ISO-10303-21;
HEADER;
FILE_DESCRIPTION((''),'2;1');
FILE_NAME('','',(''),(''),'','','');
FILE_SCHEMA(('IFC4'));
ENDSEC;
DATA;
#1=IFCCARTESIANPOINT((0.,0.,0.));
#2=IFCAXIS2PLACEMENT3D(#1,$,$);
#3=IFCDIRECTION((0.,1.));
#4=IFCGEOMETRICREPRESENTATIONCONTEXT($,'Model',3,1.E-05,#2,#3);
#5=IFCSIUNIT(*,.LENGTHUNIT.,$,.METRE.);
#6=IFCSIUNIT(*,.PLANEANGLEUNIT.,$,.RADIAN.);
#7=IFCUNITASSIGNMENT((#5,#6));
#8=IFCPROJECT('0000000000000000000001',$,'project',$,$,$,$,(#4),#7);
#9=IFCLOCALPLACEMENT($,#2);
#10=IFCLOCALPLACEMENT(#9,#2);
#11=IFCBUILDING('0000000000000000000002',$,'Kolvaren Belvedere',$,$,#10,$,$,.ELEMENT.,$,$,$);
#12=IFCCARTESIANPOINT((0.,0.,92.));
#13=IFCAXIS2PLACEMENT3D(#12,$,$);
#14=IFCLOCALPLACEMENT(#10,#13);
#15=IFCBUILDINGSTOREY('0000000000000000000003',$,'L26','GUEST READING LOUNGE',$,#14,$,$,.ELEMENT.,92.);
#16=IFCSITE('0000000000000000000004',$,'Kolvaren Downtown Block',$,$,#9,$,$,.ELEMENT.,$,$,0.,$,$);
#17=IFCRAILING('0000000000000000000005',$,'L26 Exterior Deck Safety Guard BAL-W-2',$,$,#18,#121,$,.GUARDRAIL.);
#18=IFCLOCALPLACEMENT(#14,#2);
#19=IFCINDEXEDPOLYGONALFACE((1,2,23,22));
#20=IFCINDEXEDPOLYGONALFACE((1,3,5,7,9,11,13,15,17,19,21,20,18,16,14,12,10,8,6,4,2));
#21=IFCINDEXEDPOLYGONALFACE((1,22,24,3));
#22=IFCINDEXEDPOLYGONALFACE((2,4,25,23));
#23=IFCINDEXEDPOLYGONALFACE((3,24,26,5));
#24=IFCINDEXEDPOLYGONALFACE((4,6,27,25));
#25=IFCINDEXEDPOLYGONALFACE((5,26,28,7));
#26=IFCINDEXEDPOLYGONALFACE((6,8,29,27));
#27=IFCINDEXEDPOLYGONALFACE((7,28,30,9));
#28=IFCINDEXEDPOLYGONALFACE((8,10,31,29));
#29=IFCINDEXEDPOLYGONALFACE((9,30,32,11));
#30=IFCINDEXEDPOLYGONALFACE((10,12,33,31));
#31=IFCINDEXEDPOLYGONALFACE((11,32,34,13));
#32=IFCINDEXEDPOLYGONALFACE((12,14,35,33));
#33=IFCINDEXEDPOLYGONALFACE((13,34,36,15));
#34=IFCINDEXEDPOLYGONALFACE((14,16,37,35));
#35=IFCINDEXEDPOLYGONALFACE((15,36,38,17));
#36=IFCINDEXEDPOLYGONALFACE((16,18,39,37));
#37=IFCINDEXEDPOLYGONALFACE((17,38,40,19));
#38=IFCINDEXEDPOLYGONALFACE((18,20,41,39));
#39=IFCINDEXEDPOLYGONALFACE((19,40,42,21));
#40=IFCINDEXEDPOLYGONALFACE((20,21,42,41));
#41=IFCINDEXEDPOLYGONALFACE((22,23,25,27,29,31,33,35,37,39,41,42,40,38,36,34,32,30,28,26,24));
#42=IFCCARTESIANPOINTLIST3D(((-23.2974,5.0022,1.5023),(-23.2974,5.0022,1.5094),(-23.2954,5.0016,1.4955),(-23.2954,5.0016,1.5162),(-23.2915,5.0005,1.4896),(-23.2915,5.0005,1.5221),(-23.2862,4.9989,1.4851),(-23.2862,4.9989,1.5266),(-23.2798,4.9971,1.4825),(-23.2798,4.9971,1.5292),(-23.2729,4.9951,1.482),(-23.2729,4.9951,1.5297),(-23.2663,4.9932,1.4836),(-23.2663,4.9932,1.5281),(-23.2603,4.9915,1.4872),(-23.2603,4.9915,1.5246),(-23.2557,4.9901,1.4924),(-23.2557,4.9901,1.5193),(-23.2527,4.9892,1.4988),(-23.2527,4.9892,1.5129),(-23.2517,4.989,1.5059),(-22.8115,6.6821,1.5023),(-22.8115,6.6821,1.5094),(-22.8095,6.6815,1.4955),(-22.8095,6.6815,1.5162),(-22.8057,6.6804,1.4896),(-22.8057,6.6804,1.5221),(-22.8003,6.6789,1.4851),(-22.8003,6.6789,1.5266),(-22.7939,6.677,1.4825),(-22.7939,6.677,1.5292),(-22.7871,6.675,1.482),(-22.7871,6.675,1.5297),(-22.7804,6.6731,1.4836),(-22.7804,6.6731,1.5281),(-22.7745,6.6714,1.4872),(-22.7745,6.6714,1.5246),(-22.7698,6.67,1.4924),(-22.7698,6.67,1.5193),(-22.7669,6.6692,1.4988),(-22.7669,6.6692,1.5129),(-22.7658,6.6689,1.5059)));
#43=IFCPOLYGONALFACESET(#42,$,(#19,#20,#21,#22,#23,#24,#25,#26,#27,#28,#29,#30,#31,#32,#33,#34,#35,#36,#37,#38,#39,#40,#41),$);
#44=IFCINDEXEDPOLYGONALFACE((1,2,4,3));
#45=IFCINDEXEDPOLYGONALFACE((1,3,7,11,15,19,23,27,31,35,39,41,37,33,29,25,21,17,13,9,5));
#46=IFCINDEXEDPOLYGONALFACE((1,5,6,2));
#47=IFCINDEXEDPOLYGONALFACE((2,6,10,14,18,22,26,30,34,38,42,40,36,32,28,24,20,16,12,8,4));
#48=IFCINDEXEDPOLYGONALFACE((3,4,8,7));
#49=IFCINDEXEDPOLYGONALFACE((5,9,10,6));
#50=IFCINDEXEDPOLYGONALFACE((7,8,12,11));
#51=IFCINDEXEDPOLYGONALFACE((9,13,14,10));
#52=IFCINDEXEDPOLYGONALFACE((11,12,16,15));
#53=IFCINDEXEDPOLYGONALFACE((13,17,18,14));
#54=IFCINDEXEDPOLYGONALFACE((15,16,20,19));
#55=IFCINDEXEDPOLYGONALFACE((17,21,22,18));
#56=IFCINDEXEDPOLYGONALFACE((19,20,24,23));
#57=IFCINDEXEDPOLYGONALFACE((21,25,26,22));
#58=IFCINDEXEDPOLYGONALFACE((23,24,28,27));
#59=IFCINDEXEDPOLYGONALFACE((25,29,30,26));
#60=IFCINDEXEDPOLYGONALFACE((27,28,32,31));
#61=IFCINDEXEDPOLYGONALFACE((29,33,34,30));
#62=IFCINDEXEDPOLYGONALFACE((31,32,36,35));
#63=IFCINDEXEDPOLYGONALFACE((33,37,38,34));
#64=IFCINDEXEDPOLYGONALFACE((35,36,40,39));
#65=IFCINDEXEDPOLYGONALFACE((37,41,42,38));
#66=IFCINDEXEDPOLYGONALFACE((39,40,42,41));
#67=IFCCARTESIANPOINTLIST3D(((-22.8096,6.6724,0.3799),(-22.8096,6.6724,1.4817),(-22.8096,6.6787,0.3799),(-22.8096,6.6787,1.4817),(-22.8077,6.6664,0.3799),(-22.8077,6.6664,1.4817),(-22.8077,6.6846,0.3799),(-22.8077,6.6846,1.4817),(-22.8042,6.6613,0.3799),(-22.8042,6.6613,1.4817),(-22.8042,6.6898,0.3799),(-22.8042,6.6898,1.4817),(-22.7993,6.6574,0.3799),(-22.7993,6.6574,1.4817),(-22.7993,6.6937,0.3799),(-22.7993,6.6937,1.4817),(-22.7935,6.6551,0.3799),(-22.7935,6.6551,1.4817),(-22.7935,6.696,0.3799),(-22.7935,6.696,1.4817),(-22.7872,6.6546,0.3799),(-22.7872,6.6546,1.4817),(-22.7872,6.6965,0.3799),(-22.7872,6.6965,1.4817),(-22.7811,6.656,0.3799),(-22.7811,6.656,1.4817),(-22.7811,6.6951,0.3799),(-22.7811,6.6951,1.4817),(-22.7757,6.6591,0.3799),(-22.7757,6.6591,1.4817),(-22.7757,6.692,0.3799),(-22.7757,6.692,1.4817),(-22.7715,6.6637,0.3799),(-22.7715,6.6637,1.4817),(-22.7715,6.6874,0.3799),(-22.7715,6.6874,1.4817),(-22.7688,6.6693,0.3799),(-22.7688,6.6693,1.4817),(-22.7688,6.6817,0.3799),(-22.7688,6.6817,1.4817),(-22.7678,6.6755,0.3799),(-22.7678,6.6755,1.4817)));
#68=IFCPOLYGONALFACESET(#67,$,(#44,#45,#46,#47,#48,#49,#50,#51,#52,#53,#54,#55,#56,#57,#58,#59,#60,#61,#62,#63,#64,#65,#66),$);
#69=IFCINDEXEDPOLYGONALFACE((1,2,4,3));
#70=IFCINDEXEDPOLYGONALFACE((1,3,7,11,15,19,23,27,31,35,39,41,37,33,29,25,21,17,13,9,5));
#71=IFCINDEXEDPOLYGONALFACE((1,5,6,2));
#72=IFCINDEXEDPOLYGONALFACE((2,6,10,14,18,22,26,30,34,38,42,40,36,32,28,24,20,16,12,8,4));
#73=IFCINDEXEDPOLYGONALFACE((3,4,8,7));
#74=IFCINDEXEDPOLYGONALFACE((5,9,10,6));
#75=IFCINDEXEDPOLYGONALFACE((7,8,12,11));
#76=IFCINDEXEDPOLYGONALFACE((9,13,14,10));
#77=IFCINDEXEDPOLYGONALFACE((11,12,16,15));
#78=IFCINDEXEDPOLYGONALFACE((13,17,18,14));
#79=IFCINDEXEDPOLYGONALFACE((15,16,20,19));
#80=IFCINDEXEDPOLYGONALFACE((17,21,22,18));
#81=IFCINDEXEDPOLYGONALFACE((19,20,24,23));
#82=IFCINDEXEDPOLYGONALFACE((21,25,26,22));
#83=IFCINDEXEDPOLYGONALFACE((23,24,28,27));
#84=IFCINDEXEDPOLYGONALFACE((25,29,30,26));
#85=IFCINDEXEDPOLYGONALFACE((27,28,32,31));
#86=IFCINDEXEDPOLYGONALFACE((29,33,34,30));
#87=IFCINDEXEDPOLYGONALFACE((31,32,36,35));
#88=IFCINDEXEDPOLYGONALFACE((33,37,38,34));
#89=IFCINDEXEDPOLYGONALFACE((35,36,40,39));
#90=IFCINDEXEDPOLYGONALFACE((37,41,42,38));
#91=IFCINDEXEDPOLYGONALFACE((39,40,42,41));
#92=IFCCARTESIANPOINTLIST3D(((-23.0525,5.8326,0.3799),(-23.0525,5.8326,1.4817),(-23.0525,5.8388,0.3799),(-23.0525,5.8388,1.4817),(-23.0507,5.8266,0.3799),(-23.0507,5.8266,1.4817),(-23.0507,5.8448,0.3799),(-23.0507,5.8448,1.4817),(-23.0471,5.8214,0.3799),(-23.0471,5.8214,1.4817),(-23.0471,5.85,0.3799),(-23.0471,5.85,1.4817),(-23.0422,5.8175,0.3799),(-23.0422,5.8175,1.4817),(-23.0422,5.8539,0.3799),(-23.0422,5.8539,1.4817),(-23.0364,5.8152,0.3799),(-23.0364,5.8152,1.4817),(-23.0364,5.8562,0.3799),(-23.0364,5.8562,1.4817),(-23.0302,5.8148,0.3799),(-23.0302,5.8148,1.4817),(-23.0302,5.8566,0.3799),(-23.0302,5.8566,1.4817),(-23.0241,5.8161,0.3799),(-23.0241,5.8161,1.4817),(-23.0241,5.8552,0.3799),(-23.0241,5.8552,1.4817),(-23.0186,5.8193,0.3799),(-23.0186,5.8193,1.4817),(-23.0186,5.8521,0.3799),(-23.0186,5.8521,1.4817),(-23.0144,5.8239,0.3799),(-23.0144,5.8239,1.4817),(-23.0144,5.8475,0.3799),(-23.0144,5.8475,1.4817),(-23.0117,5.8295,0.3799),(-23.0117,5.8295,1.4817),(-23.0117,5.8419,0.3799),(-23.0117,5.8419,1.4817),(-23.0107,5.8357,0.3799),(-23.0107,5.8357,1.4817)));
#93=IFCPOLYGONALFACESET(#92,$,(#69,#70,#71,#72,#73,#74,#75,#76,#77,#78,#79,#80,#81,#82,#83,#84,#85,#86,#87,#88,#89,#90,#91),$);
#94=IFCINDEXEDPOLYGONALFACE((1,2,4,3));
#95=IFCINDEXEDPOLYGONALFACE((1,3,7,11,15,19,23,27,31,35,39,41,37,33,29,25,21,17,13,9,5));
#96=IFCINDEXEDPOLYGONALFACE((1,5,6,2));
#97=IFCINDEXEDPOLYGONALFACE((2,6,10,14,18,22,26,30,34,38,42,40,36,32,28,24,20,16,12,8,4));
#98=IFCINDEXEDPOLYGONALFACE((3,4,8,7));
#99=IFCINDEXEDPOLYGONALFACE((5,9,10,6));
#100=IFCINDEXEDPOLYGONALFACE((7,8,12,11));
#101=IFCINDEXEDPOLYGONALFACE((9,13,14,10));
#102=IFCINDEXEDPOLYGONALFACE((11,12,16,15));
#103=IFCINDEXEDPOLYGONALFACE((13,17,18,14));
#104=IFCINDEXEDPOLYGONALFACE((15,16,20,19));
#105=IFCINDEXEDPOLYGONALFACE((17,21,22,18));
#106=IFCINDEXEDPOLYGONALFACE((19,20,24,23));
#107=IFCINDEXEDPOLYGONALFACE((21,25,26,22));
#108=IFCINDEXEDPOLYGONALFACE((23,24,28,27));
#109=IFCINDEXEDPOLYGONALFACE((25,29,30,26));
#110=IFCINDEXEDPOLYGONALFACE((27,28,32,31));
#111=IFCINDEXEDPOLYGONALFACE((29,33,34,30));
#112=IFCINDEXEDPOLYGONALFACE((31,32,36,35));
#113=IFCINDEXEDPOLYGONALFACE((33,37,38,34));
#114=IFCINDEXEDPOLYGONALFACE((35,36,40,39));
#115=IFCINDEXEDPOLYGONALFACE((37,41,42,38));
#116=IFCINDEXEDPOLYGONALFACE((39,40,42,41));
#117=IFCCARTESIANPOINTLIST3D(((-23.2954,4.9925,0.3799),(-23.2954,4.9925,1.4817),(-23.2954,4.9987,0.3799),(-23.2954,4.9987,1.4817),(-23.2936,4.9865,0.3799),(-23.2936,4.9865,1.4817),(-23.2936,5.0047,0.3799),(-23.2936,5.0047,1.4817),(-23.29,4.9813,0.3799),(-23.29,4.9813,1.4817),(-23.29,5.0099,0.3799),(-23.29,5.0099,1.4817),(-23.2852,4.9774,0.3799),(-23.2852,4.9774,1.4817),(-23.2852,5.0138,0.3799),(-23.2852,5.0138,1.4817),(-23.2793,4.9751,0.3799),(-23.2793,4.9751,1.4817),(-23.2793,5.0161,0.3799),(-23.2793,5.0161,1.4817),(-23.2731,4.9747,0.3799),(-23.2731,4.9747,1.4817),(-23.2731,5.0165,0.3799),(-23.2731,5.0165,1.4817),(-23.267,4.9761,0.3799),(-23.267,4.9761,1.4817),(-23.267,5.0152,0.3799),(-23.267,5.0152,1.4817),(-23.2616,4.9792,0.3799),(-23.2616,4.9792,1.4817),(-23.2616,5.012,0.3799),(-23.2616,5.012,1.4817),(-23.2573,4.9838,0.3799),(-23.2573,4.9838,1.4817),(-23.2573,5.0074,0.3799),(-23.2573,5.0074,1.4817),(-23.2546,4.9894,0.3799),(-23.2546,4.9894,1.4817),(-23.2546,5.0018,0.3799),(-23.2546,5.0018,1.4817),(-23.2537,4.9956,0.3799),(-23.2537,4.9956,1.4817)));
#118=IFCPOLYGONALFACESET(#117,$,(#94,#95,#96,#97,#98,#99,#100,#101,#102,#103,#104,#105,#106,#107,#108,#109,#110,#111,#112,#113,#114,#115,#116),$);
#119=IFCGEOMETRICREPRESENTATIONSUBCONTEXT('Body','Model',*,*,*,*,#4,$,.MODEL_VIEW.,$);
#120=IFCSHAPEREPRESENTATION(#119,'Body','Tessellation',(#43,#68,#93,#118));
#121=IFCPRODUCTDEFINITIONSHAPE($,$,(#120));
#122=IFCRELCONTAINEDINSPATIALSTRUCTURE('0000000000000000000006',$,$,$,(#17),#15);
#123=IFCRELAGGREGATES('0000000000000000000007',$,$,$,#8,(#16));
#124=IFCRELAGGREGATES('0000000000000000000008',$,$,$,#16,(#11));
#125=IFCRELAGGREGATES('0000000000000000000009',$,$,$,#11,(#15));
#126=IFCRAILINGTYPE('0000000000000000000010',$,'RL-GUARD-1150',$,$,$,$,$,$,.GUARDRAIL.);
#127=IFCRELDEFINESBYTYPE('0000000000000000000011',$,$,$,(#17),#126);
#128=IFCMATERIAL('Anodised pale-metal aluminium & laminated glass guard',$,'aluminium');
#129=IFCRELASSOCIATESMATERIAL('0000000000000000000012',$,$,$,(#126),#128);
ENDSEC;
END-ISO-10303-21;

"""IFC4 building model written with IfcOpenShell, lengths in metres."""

from ifc_helpers import new_model, si_unit, direction, frame, origin, origin_2d, place, context, subcontext, project, spatial, circle, extrude, material, type_object, element, save


model = new_model("IFC4")

# Units and contexts
model_context = context("Model", 3, precision=1e-05, world=origin(), true_north=direction((0.0, 1.0)))
body_context = subcontext(model_context, "Body", "Model", "MODEL_VIEW")
ifc_project = project(units=[si_unit("LENGTHUNIT", "METRE"), si_unit("PLANEANGLEUNIT", "RADIAN")], contexts=[model_context])

# Site, building, storey
site_placement = place(None, origin())
site = spatial("IfcSite", under=ifc_project, at=site_placement, Name="Kolvaren Downtown Block", CompositionType="ELEMENT", RefElevation=0.0)
building_placement = place(site_placement, origin())
building = spatial("IfcBuilding", under=site, at=building_placement, Name="Kolvaren Belvedere", CompositionType="ELEMENT")
storey_placement = place(building_placement, frame((0.0, 0.0, 92.0)))
storey = spatial("IfcBuildingStorey", under=building, at=storey_placement, Name="L26", Description="GUEST READING LOUNGE", CompositionType="ELEMENT", Elevation=92.0)

# Railing
ifc_material_1 = material(Name="Anodised pale-metal aluminium & laminated glass guard", Category="aluminium")
railing_type = type_object("IfcRailingType", Name="RL-GUARD-1150", PredefinedType="GUARDRAIL", material=ifc_material_1)
railing_1_placement = place(storey_placement, frame((-22.7888, 6.6755, 0.3799)))
element("IfcRailing", 1, at=railing_1_placement, inside=storey, type_object=railing_type, Name="L26 Exterior Deck Safety Guard BAL-W-2", PredefinedType="GUARDRAIL", context=body_context, shape_type="SweptSolid", body=[
    extrude(circle(Radius=0.0239, at=origin_2d()), frame((0.0, 0.0, 1.126), z_axis=(-0.277817, -0.960634, 0.0), x_axis=(0.960634, -0.277817, 0.0)), (0.0, 0.0, 1.0), 1.7488),
    extrude(circle(Radius=0.021, at=origin_2d()), origin(), (0.0, 0.0, 1.0), 1.1018),
    extrude(circle(Radius=0.021, at=origin_2d()), frame((-0.2429, -0.8398, 0.0)), (0.0, 0.0, 1.0), 1.1018),
    extrude(circle(Radius=0.021, at=origin_2d()), frame((-0.4858, -1.6799, 0.0)), (0.0, 0.0, 1.0), 1.1018),
])

save(model, "model.ifc")
